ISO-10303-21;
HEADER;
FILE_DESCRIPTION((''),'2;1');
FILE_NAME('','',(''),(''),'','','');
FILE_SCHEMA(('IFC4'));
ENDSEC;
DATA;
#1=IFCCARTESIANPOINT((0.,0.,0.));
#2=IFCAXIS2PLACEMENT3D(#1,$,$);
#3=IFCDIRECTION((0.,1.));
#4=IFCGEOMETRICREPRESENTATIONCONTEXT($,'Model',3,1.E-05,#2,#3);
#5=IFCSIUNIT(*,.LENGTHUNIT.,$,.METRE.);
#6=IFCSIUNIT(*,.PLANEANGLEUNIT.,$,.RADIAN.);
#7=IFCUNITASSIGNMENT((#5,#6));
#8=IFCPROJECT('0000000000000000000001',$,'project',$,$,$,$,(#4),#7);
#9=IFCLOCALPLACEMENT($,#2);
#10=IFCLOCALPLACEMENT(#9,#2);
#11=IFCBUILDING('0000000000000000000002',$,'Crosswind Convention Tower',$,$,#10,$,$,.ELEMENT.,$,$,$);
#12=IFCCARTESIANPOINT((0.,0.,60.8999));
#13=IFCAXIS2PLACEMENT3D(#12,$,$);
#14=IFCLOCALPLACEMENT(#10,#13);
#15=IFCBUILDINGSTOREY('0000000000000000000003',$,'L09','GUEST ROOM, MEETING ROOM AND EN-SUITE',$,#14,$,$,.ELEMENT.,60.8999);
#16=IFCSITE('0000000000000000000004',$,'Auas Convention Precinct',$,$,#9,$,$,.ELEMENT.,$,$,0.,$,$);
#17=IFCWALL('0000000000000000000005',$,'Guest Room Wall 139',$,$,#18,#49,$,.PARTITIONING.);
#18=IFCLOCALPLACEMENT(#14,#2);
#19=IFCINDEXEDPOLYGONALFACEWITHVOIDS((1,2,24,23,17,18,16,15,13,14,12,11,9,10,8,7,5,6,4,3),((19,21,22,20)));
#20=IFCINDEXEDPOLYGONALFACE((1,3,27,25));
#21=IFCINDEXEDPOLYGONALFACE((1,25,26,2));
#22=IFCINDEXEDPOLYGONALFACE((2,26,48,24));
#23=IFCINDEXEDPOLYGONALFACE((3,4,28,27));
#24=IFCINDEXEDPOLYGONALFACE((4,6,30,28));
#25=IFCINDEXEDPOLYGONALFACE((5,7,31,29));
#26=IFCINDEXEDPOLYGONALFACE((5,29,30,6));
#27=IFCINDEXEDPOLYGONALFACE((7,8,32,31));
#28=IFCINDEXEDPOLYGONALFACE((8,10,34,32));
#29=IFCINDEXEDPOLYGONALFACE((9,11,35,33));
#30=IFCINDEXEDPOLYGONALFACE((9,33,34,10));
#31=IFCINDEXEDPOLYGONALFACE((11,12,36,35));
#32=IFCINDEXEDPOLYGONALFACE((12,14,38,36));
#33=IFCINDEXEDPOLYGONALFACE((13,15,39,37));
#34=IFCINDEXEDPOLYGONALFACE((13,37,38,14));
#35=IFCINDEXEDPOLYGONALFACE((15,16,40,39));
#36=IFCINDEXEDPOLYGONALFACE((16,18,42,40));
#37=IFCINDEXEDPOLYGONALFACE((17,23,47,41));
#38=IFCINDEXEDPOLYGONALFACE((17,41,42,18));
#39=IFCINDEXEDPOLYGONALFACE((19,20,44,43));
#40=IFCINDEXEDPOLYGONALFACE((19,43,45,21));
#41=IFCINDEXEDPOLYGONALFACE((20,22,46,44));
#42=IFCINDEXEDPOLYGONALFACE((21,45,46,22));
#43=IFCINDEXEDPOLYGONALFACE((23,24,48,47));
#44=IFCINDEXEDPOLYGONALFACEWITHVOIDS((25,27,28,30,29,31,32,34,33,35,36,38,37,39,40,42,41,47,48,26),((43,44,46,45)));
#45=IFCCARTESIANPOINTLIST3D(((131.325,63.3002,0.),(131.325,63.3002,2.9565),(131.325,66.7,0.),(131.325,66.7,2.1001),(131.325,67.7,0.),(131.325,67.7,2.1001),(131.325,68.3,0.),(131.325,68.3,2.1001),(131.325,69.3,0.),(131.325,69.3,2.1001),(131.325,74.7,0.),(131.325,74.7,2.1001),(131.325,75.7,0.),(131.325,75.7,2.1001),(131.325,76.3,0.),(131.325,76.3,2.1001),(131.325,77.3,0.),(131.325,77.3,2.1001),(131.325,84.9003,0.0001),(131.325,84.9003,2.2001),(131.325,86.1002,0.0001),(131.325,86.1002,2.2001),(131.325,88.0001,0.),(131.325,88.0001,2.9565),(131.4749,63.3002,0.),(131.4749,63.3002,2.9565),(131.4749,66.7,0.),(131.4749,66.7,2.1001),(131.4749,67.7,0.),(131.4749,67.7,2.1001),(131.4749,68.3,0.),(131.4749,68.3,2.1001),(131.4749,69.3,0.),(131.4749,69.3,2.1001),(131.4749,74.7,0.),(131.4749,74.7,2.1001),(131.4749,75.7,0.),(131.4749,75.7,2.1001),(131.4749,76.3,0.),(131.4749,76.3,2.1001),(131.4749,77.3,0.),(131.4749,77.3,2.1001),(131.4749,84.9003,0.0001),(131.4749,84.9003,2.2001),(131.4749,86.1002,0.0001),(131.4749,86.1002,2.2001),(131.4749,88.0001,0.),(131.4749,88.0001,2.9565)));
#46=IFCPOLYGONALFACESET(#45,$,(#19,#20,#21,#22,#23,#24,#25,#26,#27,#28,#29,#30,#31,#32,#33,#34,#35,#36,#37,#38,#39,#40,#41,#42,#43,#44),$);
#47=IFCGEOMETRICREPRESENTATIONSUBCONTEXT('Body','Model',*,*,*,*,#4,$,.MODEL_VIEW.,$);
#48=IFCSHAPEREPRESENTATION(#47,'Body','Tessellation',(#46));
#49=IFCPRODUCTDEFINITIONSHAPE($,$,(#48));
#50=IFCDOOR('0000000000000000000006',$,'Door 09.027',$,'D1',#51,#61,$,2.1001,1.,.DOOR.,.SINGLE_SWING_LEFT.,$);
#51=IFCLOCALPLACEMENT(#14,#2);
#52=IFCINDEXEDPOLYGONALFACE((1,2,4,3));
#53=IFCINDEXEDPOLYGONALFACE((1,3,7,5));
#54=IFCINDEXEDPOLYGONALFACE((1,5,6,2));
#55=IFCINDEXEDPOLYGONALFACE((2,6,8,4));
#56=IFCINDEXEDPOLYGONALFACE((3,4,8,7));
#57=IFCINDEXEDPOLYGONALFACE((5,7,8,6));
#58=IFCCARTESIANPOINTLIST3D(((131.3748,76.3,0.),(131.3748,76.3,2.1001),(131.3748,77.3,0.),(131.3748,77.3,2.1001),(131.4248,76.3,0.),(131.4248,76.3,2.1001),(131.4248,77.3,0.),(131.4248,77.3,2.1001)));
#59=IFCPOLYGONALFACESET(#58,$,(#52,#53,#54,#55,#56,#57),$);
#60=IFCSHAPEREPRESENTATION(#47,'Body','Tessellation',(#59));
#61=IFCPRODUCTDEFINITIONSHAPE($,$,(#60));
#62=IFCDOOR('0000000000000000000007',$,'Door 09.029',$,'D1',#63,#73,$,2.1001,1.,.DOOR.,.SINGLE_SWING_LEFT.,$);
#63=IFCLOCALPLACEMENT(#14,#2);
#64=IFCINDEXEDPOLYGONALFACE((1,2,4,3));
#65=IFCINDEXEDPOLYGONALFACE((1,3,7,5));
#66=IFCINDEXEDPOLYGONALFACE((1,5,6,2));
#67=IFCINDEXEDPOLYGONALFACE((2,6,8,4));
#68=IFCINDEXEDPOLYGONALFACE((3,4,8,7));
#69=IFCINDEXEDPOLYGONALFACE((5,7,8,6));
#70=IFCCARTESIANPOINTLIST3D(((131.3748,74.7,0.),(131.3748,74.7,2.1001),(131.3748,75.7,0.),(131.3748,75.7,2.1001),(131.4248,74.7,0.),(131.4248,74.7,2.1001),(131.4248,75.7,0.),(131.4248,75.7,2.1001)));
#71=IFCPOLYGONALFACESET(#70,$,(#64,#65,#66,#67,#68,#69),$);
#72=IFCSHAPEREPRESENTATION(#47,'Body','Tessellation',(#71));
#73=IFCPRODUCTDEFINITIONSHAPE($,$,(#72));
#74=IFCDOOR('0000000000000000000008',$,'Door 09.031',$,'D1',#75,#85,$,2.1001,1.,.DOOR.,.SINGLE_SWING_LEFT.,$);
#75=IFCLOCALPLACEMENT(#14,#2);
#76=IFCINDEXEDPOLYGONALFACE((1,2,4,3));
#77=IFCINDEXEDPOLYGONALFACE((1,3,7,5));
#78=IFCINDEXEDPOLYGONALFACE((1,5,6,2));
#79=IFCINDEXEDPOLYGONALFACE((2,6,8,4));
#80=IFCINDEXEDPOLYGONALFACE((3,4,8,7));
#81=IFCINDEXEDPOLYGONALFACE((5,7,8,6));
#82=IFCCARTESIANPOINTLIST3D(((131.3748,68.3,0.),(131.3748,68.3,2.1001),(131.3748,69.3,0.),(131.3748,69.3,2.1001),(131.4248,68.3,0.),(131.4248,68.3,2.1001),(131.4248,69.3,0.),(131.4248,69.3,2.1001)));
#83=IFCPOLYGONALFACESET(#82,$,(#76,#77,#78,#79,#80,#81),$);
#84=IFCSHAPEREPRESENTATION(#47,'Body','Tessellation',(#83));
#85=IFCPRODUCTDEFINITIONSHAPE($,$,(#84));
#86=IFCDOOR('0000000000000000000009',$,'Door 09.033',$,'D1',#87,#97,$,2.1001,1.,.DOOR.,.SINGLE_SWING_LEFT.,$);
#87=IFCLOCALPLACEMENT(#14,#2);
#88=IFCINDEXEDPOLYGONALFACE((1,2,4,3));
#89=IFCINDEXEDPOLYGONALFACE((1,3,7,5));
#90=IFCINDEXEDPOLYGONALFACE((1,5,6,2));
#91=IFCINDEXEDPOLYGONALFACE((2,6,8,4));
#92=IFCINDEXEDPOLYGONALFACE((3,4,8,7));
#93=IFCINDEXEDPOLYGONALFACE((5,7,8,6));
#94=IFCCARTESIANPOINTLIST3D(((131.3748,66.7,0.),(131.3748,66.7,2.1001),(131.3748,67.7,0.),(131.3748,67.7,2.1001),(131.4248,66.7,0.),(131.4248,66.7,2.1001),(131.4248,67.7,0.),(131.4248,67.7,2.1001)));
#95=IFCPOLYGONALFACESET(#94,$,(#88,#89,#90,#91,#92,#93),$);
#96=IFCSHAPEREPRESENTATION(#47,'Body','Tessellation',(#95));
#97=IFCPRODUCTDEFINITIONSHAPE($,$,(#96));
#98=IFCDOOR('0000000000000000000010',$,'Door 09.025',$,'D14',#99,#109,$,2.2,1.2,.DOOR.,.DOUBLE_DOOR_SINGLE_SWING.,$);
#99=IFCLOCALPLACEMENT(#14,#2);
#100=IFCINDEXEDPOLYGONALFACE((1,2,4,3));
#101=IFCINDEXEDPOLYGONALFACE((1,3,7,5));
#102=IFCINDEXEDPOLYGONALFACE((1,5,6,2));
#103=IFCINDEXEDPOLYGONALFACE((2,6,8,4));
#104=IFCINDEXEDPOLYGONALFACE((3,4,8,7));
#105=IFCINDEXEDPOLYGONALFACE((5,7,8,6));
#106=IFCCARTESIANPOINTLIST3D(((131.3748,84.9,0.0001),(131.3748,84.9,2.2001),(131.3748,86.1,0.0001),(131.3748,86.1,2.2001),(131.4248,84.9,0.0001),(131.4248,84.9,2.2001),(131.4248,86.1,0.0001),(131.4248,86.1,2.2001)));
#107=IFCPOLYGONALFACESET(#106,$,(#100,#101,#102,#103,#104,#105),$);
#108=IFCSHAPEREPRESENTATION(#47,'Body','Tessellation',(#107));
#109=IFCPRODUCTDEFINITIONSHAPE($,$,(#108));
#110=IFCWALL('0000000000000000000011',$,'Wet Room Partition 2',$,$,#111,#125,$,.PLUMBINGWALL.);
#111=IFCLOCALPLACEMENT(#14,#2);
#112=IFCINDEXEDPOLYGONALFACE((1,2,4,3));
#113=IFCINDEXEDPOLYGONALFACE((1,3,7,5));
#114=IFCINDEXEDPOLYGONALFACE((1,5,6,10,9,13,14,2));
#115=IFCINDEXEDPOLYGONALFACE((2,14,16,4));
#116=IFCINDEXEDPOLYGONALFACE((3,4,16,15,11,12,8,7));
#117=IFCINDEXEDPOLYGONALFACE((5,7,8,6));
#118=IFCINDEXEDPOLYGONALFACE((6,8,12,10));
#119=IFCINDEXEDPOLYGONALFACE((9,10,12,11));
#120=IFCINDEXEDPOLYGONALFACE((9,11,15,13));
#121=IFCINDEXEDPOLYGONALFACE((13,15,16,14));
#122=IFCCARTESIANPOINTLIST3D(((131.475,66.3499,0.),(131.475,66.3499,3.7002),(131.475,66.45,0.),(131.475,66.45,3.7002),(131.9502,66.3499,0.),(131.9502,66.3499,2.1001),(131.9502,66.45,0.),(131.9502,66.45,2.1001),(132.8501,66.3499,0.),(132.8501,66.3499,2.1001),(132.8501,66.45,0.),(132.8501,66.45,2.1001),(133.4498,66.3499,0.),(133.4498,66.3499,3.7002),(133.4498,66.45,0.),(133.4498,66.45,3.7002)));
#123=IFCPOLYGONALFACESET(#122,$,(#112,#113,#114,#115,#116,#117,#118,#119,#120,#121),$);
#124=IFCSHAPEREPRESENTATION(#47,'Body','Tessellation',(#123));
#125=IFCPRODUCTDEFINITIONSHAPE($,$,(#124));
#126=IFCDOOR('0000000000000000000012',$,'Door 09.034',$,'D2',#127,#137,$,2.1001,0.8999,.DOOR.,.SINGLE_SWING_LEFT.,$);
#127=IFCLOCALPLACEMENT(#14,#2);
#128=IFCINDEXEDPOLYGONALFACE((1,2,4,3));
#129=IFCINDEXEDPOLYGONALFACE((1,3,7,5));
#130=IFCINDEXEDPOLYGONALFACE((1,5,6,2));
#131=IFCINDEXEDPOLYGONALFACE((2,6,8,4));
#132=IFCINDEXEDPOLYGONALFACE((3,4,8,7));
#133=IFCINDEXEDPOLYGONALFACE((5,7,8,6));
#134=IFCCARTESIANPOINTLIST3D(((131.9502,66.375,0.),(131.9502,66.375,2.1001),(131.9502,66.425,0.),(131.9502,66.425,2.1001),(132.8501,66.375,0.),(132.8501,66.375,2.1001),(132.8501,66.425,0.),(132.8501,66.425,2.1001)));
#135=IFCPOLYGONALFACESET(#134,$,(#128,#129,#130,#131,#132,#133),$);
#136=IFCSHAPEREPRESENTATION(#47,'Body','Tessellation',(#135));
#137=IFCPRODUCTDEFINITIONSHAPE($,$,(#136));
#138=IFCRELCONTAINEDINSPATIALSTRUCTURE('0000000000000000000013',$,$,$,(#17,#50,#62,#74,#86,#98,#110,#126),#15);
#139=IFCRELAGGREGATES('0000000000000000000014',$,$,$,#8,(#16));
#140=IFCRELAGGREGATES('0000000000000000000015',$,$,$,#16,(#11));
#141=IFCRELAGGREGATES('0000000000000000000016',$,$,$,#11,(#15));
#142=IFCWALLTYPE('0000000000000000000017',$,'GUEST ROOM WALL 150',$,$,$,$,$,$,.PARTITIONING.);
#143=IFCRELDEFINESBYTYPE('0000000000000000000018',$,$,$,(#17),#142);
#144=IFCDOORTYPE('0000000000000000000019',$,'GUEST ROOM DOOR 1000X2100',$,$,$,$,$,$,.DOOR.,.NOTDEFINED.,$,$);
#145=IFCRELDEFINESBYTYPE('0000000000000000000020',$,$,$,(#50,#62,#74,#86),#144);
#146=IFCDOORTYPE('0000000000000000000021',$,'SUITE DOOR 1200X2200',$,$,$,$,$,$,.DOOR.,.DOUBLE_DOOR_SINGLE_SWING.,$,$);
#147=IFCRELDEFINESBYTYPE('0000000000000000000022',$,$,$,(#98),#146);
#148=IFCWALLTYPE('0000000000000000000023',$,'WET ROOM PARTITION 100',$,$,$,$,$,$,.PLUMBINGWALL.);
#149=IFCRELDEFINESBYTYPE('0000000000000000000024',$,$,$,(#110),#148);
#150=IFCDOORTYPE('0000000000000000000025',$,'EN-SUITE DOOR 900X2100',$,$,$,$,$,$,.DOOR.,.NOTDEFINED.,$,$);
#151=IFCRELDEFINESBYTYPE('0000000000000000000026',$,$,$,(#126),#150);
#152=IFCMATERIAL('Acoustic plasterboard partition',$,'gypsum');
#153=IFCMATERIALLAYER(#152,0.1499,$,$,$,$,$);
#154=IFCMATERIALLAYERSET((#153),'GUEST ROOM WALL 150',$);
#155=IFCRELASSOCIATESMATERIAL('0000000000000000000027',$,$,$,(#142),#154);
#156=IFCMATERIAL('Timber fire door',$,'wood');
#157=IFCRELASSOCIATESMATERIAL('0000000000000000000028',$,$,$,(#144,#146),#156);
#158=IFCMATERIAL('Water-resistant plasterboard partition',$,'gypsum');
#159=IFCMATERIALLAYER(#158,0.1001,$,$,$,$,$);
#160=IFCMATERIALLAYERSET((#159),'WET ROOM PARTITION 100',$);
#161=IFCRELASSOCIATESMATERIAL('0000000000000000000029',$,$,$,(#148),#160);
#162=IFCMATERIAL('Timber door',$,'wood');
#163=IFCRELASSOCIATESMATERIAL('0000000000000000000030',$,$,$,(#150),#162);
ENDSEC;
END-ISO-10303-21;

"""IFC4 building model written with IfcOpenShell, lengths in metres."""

from ifc_helpers import new_model, si_unit, direction, frame, frame_2d, origin, place, context, subcontext, project, spatial, rectangle, extrude, material, layer, layer_set, type_object, element, fill, save


model = new_model("IFC4")

# Units and contexts
model_context = context("Model", 3, precision=1e-05, world=origin(), true_north=direction((0.0, 1.0)))
body_context = subcontext(model_context, "Body", "Model", "MODEL_VIEW")
ifc_project = project(units=[si_unit("LENGTHUNIT", "METRE"), si_unit("PLANEANGLEUNIT", "RADIAN")], contexts=[model_context])

# Site, building, storey
site_placement = place(None, origin())
site = spatial("IfcSite", under=ifc_project, at=site_placement, Name="Auas Convention Precinct", CompositionType="ELEMENT", RefElevation=0.0)
building_placement = place(site_placement, origin())
building = spatial("IfcBuilding", under=site, at=building_placement, Name="Crosswind Convention Tower", CompositionType="ELEMENT")
storey_placement = place(building_placement, frame((0.0, 0.0, 60.8999)))
storey = spatial("IfcBuildingStorey", under=building, at=storey_placement, Name="L09", Description="GUEST ROOM, MEETING ROOM AND EN-SUITE", CompositionType="ELEMENT", Elevation=60.8999)

# Shared definitions
ifc_material_1 = material(Name="Acoustic plasterboard partition", Category="gypsum")
ifc_layer_1 = layer(ifc_material_1, 0.1499)
ifc_layer_set_1 = layer_set([ifc_layer_1], Name="GUEST ROOM WALL 150")
wall_type_1 = type_object("IfcWallType", Name="GUEST ROOM WALL 150", PredefinedType="PARTITIONING", material=ifc_layer_set_1)

# Wall, openings, doors
wall_1_placement = place(storey_placement, frame((131.3999, 63.3, 0.0), z_axis=(0.0, 0.0, 1.0), x_axis=(0.0, 1.0, 0.0)))
wall_1 = element("IfcWall", 1, at=wall_1_placement, inside=storey, type_object=wall_type_1, Name="Guest Room Wall 139", PredefinedType="PARTITIONING", context=body_context, shape_type="SweptSolid", body=[
    extrude(rectangle(XDim=24.7, YDim=0.1499, at=frame_2d((12.3501, 0.0))), origin(), (0.0, 0.0, 1.0), 2.9565),
])
opening_1_placement = place(wall_1_placement, frame((21.6001, 0.0, 0.0)))
opening_1 = element("IfcOpeningElement", 2, at=opening_1_placement, cuts=wall_1, PredefinedType="OPENING", context=body_context, shape_type="SweptSolid", body=[
    extrude(rectangle(XDim=1.2, YDim=2.2, at=frame_2d((0.6001, 1.1001))), frame((0.0, 0.085, 0.0), z_axis=(0.0, -1.0, 0.0), x_axis=(1.0, 0.0, 0.0)), (0.0, 0.0, 1.0), 0.1699),
])
opening_2_placement = place(wall_1_placement, frame((13.0, 0.0, 0.0)))
opening_2 = element("IfcOpeningElement", 3, at=opening_2_placement, cuts=wall_1, PredefinedType="OPENING", context=body_context, shape_type="SweptSolid", body=[
    extrude(rectangle(XDim=1.0, YDim=2.1001, at=frame_2d((0.5, 1.05))), frame((0.0, 0.085, 0.0), z_axis=(0.0, -1.0, 0.0), x_axis=(1.0, 0.0, 0.0)), (0.0, 0.0, 1.0), 0.1699),
])
opening_3_placement = place(wall_1_placement, frame((11.3999, 0.0, 0.0)))
opening_3 = element("IfcOpeningElement", 4, at=opening_3_placement, cuts=wall_1, PredefinedType="OPENING", context=body_context, shape_type="SweptSolid", body=[
    extrude(rectangle(XDim=1.0, YDim=2.1001, at=frame_2d((0.5, 1.05))), frame((0.0, 0.085, 0.0), z_axis=(0.0, -1.0, 0.0), x_axis=(1.0, 0.0, 0.0)), (0.0, 0.0, 1.0), 0.1699),
])
opening_4_placement = place(wall_1_placement, frame((5.0, 0.0, 0.0)))
opening_4 = element("IfcOpeningElement", 5, at=opening_4_placement, cuts=wall_1, PredefinedType="OPENING", context=body_context, shape_type="SweptSolid", body=[
    extrude(rectangle(XDim=1.0, YDim=2.1001, at=frame_2d((0.5, 1.05))), frame((0.0, 0.085, 0.0), z_axis=(0.0, -1.0, 0.0), x_axis=(1.0, 0.0, 0.0)), (0.0, 0.0, 1.0), 0.1699),
])
opening_5_placement = place(wall_1_placement, frame((3.3999, 0.0, 0.0)))
opening_5 = element("IfcOpeningElement", 6, at=opening_5_placement, cuts=wall_1, PredefinedType="OPENING", context=body_context, shape_type="SweptSolid", body=[
    extrude(rectangle(XDim=1.0, YDim=2.1001, at=frame_2d((0.5, 1.05))), frame((0.0, 0.085, 0.0), z_axis=(0.0, -1.0, 0.0), x_axis=(1.0, 0.0, 0.0)), (0.0, 0.0, 1.0), 0.1699),
])
ifc_material_2 = material(Name="Timber fire door", Category="wood")
door_type_1 = type_object("IfcDoorType", Name="GUEST ROOM DOOR 1000X2100", OperationType="NOTDEFINED", PredefinedType="DOOR", material=ifc_material_2)
door_1_placement = place(opening_2_placement, frame((1.0, 0.0, 0.0), z_axis=(0.0, 0.0, 1.0), x_axis=(-1.0, 0.0, 0.0)))
door_1 = element("IfcDoor", 7, at=door_1_placement, inside=storey, type_object=door_type_1, Name="Door 09.027", ObjectType="D1", OperationType="SINGLE_SWING_LEFT", OverallHeight=2.1001, OverallWidth=1.0, PredefinedType="DOOR", context=body_context, shape_type="SweptSolid", body=[
    extrude(rectangle(XDim=1.0, YDim=2.1001, at=frame_2d((0.5, 1.05))), frame((0.0, 0.0249, 0.0), z_axis=(0.0, -1.0, 0.0), x_axis=(1.0, 0.0, 0.0)), (0.0, 0.0, 1.0), 0.05),
])
fill(opening_2, door_1)
door_2_placement = place(opening_3_placement, frame((1.0, 0.0, 0.0), z_axis=(0.0, 0.0, 1.0), x_axis=(-1.0, 0.0, 0.0)))
door_2 = element("IfcDoor", 8, at=door_2_placement, inside=storey, type_object=door_type_1, Name="Door 09.029", ObjectType="D1", OperationType="SINGLE_SWING_LEFT", OverallHeight=2.1001, OverallWidth=1.0, PredefinedType="DOOR", context=body_context, shape_type="SweptSolid", body=[
    extrude(rectangle(XDim=1.0, YDim=2.1001, at=frame_2d((0.5, 1.05))), frame((0.0, 0.0249, 0.0), z_axis=(0.0, -1.0, 0.0), x_axis=(1.0, 0.0, 0.0)), (0.0, 0.0, 1.0), 0.05),
])
fill(opening_3, door_2)
door_3_placement = place(opening_4_placement, frame((1.0, 0.0, 0.0), z_axis=(0.0, 0.0, 1.0), x_axis=(-1.0, 0.0, 0.0)))
door_3 = element("IfcDoor", 9, at=door_3_placement, inside=storey, type_object=door_type_1, Name="Door 09.031", ObjectType="D1", OperationType="SINGLE_SWING_LEFT", OverallHeight=2.1001, OverallWidth=1.0, PredefinedType="DOOR", context=body_context, shape_type="SweptSolid", body=[
    extrude(rectangle(XDim=1.0, YDim=2.1001, at=frame_2d((0.5, 1.05))), frame((0.0, 0.0249, 0.0), z_axis=(0.0, -1.0, 0.0), x_axis=(1.0, 0.0, 0.0)), (0.0, 0.0, 1.0), 0.05),
])
fill(opening_4, door_3)
door_4_placement = place(opening_5_placement, frame((1.0, 0.0, 0.0), z_axis=(0.0, 0.0, 1.0), x_axis=(-1.0, 0.0, 0.0)))
door_4 = element("IfcDoor", 10, at=door_4_placement, inside=storey, type_object=door_type_1, Name="Door 09.033", ObjectType="D1", OperationType="SINGLE_SWING_LEFT", OverallHeight=2.1001, OverallWidth=1.0, PredefinedType="DOOR", context=body_context, shape_type="SweptSolid", body=[
    extrude(rectangle(XDim=1.0, YDim=2.1001, at=frame_2d((0.5, 1.05))), frame((0.0, 0.0249, 0.0), z_axis=(0.0, -1.0, 0.0), x_axis=(1.0, 0.0, 0.0)), (0.0, 0.0, 1.0), 0.05),
])
fill(opening_5, door_4)
door_type_2 = type_object("IfcDoorType", Name="SUITE DOOR 1200X2200", OperationType="DOUBLE_DOOR_SINGLE_SWING", PredefinedType="DOOR", material=ifc_material_2)
door_5_placement = place(opening_1_placement, frame((1.2, 0.0, 0.0), z_axis=(0.0, 0.0, 1.0), x_axis=(-1.0, 0.0, 0.0)))
door_5 = element("IfcDoor", 11, at=door_5_placement, inside=storey, type_object=door_type_2, Name="Door 09.025", ObjectType="D14", OperationType="DOUBLE_DOOR_SINGLE_SWING", OverallHeight=2.2, OverallWidth=1.2, PredefinedType="DOOR", context=body_context, shape_type="SweptSolid", body=[
    extrude(rectangle(XDim=1.2, YDim=2.2, at=frame_2d((0.6001, 1.1001))), frame((0.0, 0.0249, 0.0), z_axis=(0.0, -1.0, 0.0), x_axis=(1.0, 0.0, 0.0)), (0.0, 0.0, 1.0), 0.05),
])
fill(opening_1, door_5)

# Wall, opening, door
ifc_material_3 = material(Name="Water-resistant plasterboard partition", Category="gypsum")
ifc_layer_2 = layer(ifc_material_3, 0.1001)
ifc_layer_set_2 = layer_set([ifc_layer_2], Name="WET ROOM PARTITION 100")
wall_type_2 = type_object("IfcWallType", Name="WET ROOM PARTITION 100", PredefinedType="PLUMBINGWALL", material=ifc_layer_set_2)
wall_2_placement = place(storey_placement, frame((131.4751, 66.3999, 0.0), z_axis=(0.0, 0.0, 1.0), x_axis=(1.0, 0.0, 0.0)))
wall_2 = element("IfcWall", 12, at=wall_2_placement, inside=storey, type_object=wall_type_2, Name="Wet Room Partition 2", PredefinedType="PLUMBINGWALL", context=body_context, shape_type="SweptSolid", body=[
    extrude(rectangle(XDim=1.9749, YDim=0.1001, at=frame_2d((0.9873, 0.0))), origin(), (0.0, 0.0, 1.0), 3.7002),
])
opening_6_placement = place(wall_2_placement, frame((0.4751, 0.0, 0.0)))
opening_6 = element("IfcOpeningElement", 13, at=opening_6_placement, cuts=wall_2, PredefinedType="OPENING", context=body_context, shape_type="SweptSolid", body=[
    extrude(rectangle(XDim=0.8999, YDim=2.1001, at=frame_2d((0.45, 1.05))), frame((0.0, 0.0601, 0.0), z_axis=(0.0, -1.0, 0.0), x_axis=(1.0, 0.0, 0.0)), (0.0, 0.0, 1.0), 0.1201),
])
ifc_material_4 = material(Name="Timber door", Category="wood")
door_type_3 = type_object("IfcDoorType", Name="EN-SUITE DOOR 900X2100", OperationType="NOTDEFINED", PredefinedType="DOOR", material=ifc_material_4)
door_6_placement = place(opening_6_placement, frame((0.8999, 0.0, 0.0), z_axis=(0.0, 0.0, 1.0), x_axis=(-1.0, 0.0, 0.0)))
door_6 = element("IfcDoor", 14, at=door_6_placement, inside=storey, type_object=door_type_3, Name="Door 09.034", ObjectType="D2", OperationType="SINGLE_SWING_LEFT", OverallHeight=2.1001, OverallWidth=0.8999, PredefinedType="DOOR", context=body_context, shape_type="SweptSolid", body=[
    extrude(rectangle(XDim=0.8999, YDim=2.1001, at=frame_2d((0.45, 1.05))), frame((0.0, 0.0249, 0.0), z_axis=(0.0, -1.0, 0.0), x_axis=(1.0, 0.0, 0.0)), (0.0, 0.0, 1.0), 0.05),
])
fill(opening_6, door_6)

save(model, "model.ifc")
